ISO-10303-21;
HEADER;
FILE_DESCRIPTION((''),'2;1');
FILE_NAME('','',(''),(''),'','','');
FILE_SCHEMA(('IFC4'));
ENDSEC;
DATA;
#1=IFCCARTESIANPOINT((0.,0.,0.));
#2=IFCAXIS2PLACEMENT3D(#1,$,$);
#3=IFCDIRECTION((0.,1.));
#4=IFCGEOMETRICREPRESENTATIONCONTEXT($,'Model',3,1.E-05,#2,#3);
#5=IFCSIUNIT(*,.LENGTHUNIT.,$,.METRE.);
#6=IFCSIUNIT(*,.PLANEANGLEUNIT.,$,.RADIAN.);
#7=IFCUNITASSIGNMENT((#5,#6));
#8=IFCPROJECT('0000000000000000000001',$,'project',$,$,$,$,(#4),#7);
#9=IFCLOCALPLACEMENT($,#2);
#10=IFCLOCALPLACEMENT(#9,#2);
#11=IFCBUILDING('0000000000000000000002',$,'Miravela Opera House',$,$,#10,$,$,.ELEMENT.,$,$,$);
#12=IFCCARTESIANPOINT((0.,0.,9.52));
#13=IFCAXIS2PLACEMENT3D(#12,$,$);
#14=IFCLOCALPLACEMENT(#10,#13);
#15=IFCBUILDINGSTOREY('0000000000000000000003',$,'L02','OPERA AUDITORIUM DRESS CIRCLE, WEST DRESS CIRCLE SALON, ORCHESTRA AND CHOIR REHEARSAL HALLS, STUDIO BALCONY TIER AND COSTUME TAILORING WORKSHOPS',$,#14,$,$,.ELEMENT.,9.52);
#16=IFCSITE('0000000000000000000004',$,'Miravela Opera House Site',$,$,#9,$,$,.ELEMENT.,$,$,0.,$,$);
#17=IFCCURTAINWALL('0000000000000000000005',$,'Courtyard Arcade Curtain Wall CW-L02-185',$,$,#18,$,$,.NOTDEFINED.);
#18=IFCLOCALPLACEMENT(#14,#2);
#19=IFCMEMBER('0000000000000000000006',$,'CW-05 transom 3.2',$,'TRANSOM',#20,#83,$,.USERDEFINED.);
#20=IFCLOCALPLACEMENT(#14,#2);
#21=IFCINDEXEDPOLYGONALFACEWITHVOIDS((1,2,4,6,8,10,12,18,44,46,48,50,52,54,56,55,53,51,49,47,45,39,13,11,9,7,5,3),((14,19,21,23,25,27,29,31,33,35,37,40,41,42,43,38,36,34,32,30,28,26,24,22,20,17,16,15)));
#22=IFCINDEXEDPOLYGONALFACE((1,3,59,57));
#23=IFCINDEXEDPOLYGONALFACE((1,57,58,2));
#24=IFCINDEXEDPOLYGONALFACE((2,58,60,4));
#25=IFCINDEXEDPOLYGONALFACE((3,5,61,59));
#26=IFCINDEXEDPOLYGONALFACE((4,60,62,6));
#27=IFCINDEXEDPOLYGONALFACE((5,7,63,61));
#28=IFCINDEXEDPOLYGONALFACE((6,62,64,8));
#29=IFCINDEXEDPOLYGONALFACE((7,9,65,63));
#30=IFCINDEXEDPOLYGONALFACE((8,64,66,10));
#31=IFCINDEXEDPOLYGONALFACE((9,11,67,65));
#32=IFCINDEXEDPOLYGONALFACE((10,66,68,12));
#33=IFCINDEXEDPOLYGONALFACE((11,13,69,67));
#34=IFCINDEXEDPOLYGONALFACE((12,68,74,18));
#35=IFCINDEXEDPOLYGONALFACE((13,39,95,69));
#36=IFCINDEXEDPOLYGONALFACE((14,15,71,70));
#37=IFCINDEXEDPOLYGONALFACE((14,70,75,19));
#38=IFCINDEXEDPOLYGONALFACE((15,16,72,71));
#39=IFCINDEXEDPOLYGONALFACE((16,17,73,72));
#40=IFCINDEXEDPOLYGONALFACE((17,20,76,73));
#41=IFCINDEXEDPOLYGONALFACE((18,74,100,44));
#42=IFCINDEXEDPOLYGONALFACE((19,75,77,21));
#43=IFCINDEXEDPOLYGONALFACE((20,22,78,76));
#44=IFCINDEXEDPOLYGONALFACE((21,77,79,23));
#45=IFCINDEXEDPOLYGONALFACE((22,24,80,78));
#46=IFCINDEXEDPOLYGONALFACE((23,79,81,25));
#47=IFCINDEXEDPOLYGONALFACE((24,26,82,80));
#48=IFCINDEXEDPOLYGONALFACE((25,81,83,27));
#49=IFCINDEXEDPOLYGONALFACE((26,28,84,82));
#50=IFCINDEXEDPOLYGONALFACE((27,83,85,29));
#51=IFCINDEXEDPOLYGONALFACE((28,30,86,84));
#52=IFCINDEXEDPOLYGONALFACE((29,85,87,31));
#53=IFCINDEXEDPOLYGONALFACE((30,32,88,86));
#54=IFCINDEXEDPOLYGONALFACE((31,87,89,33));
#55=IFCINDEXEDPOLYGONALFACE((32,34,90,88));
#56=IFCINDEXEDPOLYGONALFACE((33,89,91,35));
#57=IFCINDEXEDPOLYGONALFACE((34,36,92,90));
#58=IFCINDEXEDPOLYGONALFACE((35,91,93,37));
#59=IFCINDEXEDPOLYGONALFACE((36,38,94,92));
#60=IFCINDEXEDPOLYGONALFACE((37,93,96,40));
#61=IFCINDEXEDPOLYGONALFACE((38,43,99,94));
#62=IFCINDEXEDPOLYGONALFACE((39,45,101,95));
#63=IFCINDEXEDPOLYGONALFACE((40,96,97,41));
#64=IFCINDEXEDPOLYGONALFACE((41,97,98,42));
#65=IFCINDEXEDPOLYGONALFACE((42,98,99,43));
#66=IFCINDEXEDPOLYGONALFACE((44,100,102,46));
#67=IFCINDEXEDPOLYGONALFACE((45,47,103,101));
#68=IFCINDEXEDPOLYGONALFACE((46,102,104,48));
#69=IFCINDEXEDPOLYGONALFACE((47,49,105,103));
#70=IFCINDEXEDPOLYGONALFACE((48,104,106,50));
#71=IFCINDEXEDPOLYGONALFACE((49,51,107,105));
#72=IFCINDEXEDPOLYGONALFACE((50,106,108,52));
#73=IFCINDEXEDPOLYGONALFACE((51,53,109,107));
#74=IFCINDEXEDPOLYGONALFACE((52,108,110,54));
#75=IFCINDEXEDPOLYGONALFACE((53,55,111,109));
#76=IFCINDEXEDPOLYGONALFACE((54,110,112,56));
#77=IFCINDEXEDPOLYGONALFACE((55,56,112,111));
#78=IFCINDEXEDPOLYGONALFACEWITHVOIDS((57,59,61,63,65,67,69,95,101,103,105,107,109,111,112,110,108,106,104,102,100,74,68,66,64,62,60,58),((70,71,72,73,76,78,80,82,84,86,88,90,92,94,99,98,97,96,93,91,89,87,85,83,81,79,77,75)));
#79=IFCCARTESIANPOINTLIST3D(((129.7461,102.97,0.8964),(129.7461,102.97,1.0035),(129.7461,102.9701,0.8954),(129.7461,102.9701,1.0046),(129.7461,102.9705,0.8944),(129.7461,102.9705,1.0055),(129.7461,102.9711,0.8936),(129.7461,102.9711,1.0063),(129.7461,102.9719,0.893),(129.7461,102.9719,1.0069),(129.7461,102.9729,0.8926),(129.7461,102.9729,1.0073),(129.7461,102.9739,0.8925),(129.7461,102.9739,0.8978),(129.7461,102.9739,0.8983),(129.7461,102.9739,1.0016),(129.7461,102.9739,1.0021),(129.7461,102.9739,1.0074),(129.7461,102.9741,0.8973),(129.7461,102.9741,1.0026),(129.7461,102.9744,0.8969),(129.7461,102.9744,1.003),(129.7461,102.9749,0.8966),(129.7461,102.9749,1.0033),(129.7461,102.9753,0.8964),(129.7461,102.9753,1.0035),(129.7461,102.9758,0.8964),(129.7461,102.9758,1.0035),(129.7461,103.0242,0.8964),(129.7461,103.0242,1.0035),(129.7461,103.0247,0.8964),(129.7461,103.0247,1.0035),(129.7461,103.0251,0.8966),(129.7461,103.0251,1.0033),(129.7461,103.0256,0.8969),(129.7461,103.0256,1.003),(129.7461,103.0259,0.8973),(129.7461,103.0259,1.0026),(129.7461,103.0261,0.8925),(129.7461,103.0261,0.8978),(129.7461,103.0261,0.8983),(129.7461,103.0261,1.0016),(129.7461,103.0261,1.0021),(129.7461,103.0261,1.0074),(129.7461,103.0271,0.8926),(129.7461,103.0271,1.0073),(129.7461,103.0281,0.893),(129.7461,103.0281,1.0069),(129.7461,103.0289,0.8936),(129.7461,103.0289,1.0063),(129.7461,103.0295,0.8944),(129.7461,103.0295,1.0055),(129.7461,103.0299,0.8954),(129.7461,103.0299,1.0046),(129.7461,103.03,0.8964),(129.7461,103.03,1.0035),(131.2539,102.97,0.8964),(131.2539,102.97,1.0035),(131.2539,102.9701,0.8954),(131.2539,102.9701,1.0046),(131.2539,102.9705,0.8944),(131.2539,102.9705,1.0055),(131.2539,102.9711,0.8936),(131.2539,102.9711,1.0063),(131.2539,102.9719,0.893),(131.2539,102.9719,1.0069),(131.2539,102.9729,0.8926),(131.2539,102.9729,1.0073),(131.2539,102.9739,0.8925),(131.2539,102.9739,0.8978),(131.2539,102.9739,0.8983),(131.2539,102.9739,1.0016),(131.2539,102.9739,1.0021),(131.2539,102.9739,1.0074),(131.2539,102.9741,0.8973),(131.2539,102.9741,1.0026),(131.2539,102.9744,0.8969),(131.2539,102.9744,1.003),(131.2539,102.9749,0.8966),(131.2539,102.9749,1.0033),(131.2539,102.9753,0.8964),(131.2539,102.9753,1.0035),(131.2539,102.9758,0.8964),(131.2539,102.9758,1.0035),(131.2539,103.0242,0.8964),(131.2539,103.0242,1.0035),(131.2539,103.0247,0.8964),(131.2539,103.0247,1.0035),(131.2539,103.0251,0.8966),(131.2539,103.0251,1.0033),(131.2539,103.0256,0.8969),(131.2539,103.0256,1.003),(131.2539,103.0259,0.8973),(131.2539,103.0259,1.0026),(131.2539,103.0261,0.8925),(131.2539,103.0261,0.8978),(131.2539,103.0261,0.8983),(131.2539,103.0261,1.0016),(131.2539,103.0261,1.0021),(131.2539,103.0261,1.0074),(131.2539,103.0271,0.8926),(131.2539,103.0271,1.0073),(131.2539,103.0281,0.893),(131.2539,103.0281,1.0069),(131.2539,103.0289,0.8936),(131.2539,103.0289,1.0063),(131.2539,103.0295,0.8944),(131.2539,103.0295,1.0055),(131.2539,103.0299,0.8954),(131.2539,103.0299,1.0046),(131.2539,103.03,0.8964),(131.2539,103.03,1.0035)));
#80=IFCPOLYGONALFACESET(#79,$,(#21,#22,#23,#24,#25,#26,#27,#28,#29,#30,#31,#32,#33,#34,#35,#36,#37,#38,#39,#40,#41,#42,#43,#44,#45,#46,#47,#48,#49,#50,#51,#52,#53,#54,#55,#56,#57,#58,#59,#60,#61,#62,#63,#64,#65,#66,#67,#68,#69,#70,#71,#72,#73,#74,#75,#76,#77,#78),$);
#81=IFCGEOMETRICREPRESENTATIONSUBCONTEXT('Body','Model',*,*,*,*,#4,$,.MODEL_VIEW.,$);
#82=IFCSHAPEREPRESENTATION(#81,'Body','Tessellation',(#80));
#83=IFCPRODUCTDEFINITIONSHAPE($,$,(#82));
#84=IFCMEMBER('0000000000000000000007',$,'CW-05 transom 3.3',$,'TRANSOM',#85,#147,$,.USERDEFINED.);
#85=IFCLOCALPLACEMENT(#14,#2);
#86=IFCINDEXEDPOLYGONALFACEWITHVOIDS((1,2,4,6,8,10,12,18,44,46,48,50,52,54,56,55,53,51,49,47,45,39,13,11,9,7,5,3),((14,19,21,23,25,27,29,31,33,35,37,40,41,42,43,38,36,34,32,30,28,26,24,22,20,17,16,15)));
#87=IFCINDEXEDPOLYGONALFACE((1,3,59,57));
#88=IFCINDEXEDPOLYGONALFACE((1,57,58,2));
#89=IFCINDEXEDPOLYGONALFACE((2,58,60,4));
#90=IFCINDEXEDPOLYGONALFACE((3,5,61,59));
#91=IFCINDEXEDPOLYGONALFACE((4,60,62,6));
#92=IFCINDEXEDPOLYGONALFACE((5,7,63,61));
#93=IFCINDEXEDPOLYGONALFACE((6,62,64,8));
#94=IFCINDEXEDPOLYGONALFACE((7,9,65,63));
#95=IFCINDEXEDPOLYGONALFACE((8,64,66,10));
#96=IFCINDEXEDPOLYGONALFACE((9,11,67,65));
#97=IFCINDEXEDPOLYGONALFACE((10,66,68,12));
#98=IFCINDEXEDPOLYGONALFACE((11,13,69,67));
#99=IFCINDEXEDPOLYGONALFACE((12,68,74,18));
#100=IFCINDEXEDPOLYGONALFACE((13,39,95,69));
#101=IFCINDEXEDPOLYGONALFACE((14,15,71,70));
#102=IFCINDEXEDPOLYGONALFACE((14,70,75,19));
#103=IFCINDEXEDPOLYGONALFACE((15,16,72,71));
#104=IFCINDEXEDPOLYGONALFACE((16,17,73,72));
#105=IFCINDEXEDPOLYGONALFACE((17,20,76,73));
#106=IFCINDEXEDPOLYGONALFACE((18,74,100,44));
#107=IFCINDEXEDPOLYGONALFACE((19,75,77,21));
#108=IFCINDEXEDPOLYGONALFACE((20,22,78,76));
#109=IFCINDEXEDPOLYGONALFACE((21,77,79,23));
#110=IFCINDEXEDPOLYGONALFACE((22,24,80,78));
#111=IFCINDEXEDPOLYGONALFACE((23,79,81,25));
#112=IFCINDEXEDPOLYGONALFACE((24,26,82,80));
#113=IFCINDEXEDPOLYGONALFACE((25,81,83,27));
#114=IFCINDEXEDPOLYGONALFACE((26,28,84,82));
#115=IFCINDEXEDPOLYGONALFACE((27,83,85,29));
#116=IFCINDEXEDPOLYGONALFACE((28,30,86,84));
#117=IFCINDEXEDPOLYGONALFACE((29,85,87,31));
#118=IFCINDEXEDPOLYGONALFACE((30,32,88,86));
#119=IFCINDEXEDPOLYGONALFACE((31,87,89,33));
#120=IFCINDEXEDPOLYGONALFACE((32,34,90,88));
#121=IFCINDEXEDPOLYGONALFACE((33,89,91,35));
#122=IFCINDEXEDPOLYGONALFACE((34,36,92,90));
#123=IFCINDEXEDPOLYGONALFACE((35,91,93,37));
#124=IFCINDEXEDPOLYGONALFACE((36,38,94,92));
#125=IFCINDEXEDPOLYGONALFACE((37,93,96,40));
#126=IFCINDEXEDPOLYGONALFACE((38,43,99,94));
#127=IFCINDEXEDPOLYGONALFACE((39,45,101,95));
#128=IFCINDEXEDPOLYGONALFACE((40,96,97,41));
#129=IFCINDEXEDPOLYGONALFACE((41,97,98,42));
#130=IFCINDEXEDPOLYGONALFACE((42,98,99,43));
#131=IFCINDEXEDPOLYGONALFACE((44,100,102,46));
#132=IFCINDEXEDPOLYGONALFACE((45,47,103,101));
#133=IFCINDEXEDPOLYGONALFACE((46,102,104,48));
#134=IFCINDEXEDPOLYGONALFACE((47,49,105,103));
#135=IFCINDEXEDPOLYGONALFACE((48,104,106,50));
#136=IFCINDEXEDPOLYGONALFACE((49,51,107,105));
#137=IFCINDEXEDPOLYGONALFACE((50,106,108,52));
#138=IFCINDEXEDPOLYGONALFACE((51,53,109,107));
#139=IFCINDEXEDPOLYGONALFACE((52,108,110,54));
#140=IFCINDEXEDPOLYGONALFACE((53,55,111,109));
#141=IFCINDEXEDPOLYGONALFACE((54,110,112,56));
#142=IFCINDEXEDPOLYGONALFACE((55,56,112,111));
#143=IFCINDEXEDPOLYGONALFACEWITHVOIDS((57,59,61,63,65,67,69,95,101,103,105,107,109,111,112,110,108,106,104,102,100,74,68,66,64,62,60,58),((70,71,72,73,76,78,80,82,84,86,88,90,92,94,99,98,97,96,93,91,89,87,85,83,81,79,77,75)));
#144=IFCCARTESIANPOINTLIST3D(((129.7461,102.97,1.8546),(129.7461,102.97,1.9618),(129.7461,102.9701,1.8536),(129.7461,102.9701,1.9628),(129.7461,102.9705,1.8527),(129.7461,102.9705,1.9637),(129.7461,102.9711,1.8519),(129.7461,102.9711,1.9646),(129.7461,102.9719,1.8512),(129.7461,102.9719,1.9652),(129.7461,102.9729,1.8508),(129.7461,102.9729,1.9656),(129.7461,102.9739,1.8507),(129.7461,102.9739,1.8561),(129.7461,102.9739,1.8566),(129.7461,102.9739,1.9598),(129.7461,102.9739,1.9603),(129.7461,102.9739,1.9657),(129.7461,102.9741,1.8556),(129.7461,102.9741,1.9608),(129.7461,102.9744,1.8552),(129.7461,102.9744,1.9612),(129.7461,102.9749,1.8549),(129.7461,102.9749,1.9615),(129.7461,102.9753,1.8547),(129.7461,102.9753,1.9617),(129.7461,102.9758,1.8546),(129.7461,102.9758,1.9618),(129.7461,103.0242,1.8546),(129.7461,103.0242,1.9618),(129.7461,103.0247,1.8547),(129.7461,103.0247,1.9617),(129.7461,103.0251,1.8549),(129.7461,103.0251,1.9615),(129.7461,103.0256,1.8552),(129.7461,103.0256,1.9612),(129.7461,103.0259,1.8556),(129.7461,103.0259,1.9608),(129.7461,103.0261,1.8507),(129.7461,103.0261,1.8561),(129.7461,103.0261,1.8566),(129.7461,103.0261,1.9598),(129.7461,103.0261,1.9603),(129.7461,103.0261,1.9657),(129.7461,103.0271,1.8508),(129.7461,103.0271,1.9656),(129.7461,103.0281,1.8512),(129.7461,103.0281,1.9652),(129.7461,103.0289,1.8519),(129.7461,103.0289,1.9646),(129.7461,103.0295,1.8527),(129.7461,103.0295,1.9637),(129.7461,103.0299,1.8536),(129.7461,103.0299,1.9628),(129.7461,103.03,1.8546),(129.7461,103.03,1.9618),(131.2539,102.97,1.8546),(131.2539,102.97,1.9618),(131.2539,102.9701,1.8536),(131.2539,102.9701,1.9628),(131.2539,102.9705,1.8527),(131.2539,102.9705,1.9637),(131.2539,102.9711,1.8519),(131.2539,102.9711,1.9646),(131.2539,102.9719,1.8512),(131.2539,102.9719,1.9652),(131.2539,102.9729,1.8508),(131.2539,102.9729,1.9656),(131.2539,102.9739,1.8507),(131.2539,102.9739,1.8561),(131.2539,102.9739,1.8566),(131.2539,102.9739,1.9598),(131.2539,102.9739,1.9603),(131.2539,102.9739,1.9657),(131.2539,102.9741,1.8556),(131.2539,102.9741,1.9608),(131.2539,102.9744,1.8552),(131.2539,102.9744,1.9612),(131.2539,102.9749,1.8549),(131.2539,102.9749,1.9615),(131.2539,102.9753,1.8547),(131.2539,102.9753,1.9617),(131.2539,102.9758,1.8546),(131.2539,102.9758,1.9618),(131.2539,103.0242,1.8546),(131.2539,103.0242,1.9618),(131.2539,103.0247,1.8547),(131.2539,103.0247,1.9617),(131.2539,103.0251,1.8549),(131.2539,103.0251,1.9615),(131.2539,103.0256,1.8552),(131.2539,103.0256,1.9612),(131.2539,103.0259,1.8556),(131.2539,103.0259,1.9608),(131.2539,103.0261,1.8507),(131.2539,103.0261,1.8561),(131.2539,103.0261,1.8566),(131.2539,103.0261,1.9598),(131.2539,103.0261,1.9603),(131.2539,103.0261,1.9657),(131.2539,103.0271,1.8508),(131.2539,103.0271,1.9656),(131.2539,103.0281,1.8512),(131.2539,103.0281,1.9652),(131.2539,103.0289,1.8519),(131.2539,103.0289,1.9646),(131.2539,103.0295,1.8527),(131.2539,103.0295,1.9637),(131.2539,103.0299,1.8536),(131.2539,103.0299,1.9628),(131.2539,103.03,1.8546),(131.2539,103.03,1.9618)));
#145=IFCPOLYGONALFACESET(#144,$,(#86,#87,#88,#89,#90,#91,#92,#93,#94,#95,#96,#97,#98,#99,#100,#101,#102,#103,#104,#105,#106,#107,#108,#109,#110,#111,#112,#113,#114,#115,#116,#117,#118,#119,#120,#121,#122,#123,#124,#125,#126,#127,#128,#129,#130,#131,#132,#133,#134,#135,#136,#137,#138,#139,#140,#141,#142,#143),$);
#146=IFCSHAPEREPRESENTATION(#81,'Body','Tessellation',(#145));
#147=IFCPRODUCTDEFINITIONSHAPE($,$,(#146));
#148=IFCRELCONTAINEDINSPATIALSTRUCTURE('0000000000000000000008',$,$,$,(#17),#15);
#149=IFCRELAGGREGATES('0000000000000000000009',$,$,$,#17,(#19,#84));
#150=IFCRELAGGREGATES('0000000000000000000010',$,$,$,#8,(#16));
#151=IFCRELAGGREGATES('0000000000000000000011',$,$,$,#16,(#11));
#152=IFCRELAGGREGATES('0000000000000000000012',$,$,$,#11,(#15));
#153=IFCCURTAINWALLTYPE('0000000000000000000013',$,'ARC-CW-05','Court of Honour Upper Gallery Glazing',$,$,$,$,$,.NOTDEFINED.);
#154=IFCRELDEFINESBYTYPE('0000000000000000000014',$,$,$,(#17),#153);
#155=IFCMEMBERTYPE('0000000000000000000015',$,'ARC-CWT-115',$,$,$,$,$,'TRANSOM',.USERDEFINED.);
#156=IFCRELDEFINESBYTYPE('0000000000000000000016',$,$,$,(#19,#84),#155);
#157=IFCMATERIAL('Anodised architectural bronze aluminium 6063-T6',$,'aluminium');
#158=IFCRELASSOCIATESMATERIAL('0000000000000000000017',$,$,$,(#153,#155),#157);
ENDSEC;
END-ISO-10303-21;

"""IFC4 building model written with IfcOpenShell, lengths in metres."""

from ifc_helpers import new_model, si_unit, direction, frame, origin, origin_2d, place, context, subcontext, project, spatial, hollow_rectangle, extrude, material, material_profile, profile_set, type_object, element, aggregate, save


model = new_model("IFC4")

# Units and contexts
model_context = context("Model", 3, precision=1e-05, world=origin(), true_north=direction((0.0, 1.0)))
body_context = subcontext(model_context, "Body", "Model", "MODEL_VIEW")
ifc_project = project(units=[si_unit("LENGTHUNIT", "METRE"), si_unit("PLANEANGLEUNIT", "RADIAN")], contexts=[model_context])

# Site, building, storey
site_placement = place(None, origin())
site = spatial("IfcSite", under=ifc_project, at=site_placement, Name="Miravela Opera House Site", CompositionType="ELEMENT", RefElevation=0.0)
building_placement = place(site_placement, origin())
building = spatial("IfcBuilding", under=site, at=building_placement, Name="Miravela Opera House", CompositionType="ELEMENT")
storey_placement = place(building_placement, frame((0.0, 0.0, 9.52)))
storey = spatial("IfcBuildingStorey", under=building, at=storey_placement, Name="L02", Description="OPERA AUDITORIUM DRESS CIRCLE, WEST DRESS CIRCLE SALON, ORCHESTRA AND CHOIR REHEARSAL HALLS, STUDIO BALCONY TIER AND COSTUME TAILORING WORKSHOPS", CompositionType="ELEMENT", Elevation=9.52)

# Curtain wall, members
ifc_material_1 = material(Name="Anodised architectural bronze aluminium 6063-T6", Category="aluminium")
curtain_wall_type = type_object("IfcCurtainWallType", Name="ARC-CW-05", Description="Court of Honour Upper Gallery Glazing", PredefinedType="NOTDEFINED", material=ifc_material_1)
curtain_wall_placement = place(storey_placement, origin())
curtain_wall = element("IfcCurtainWall", 1, at=curtain_wall_placement, inside=storey, type_object=curtain_wall_type, Name="Courtyard Arcade Curtain Wall CW-L02-185", PredefinedType="NOTDEFINED")
ifc_material_profile_1 = material_profile(ifc_material_1, hollow_rectangle(XDim=0.0601, YDim=0.115, WallThickness=0.0039, InnerFilletRadius=0.002, OuterFilletRadius=0.0039, at=origin_2d()), Name="CWT-60X115")
ifc_profile_set_1 = profile_set([ifc_material_profile_1])
member_type_1 = type_object("IfcMemberType", Name="ARC-CWT-115", ElementType="TRANSOM", PredefinedType="USERDEFINED", material=ifc_profile_set_1)
member_1_placement = place(storey_placement, frame((129.7461, 103.0, 0.95), z_axis=(1.0, 0.0, 0.0), x_axis=(0.0, 1.0, 0.0)))
member_1 = element("IfcMember", 2, at=member_1_placement, type_object=member_type_1, Name="CW-05 transom 3.2", ObjectType="TRANSOM", PredefinedType="USERDEFINED", context=body_context, shape_type="SweptSolid", body=[
    extrude(hollow_rectangle(XDim=0.0601, YDim=0.115, WallThickness=0.0039, InnerFilletRadius=0.002, OuterFilletRadius=0.0039, at=origin_2d()), origin(), (0.0, 0.0, 1.0), 1.5078),
])
member_2_placement = place(storey_placement, frame((129.7461, 103.0, 1.9082), z_axis=(1.0, 0.0, 0.0), x_axis=(0.0, 1.0, 0.0)))
member_2 = element("IfcMember", 3, at=member_2_placement, type_object=member_type_1, Name="CW-05 transom 3.3", ObjectType="TRANSOM", PredefinedType="USERDEFINED", context=body_context, shape_type="SweptSolid", body=[
    extrude(hollow_rectangle(XDim=0.0601, YDim=0.115, WallThickness=0.0039, InnerFilletRadius=0.002, OuterFilletRadius=0.0039, at=origin_2d()), origin(), (0.0, 0.0, 1.0), 1.5078),
])

aggregate(curtain_wall, [member_1, member_2])

save(model, "model.ifc")
